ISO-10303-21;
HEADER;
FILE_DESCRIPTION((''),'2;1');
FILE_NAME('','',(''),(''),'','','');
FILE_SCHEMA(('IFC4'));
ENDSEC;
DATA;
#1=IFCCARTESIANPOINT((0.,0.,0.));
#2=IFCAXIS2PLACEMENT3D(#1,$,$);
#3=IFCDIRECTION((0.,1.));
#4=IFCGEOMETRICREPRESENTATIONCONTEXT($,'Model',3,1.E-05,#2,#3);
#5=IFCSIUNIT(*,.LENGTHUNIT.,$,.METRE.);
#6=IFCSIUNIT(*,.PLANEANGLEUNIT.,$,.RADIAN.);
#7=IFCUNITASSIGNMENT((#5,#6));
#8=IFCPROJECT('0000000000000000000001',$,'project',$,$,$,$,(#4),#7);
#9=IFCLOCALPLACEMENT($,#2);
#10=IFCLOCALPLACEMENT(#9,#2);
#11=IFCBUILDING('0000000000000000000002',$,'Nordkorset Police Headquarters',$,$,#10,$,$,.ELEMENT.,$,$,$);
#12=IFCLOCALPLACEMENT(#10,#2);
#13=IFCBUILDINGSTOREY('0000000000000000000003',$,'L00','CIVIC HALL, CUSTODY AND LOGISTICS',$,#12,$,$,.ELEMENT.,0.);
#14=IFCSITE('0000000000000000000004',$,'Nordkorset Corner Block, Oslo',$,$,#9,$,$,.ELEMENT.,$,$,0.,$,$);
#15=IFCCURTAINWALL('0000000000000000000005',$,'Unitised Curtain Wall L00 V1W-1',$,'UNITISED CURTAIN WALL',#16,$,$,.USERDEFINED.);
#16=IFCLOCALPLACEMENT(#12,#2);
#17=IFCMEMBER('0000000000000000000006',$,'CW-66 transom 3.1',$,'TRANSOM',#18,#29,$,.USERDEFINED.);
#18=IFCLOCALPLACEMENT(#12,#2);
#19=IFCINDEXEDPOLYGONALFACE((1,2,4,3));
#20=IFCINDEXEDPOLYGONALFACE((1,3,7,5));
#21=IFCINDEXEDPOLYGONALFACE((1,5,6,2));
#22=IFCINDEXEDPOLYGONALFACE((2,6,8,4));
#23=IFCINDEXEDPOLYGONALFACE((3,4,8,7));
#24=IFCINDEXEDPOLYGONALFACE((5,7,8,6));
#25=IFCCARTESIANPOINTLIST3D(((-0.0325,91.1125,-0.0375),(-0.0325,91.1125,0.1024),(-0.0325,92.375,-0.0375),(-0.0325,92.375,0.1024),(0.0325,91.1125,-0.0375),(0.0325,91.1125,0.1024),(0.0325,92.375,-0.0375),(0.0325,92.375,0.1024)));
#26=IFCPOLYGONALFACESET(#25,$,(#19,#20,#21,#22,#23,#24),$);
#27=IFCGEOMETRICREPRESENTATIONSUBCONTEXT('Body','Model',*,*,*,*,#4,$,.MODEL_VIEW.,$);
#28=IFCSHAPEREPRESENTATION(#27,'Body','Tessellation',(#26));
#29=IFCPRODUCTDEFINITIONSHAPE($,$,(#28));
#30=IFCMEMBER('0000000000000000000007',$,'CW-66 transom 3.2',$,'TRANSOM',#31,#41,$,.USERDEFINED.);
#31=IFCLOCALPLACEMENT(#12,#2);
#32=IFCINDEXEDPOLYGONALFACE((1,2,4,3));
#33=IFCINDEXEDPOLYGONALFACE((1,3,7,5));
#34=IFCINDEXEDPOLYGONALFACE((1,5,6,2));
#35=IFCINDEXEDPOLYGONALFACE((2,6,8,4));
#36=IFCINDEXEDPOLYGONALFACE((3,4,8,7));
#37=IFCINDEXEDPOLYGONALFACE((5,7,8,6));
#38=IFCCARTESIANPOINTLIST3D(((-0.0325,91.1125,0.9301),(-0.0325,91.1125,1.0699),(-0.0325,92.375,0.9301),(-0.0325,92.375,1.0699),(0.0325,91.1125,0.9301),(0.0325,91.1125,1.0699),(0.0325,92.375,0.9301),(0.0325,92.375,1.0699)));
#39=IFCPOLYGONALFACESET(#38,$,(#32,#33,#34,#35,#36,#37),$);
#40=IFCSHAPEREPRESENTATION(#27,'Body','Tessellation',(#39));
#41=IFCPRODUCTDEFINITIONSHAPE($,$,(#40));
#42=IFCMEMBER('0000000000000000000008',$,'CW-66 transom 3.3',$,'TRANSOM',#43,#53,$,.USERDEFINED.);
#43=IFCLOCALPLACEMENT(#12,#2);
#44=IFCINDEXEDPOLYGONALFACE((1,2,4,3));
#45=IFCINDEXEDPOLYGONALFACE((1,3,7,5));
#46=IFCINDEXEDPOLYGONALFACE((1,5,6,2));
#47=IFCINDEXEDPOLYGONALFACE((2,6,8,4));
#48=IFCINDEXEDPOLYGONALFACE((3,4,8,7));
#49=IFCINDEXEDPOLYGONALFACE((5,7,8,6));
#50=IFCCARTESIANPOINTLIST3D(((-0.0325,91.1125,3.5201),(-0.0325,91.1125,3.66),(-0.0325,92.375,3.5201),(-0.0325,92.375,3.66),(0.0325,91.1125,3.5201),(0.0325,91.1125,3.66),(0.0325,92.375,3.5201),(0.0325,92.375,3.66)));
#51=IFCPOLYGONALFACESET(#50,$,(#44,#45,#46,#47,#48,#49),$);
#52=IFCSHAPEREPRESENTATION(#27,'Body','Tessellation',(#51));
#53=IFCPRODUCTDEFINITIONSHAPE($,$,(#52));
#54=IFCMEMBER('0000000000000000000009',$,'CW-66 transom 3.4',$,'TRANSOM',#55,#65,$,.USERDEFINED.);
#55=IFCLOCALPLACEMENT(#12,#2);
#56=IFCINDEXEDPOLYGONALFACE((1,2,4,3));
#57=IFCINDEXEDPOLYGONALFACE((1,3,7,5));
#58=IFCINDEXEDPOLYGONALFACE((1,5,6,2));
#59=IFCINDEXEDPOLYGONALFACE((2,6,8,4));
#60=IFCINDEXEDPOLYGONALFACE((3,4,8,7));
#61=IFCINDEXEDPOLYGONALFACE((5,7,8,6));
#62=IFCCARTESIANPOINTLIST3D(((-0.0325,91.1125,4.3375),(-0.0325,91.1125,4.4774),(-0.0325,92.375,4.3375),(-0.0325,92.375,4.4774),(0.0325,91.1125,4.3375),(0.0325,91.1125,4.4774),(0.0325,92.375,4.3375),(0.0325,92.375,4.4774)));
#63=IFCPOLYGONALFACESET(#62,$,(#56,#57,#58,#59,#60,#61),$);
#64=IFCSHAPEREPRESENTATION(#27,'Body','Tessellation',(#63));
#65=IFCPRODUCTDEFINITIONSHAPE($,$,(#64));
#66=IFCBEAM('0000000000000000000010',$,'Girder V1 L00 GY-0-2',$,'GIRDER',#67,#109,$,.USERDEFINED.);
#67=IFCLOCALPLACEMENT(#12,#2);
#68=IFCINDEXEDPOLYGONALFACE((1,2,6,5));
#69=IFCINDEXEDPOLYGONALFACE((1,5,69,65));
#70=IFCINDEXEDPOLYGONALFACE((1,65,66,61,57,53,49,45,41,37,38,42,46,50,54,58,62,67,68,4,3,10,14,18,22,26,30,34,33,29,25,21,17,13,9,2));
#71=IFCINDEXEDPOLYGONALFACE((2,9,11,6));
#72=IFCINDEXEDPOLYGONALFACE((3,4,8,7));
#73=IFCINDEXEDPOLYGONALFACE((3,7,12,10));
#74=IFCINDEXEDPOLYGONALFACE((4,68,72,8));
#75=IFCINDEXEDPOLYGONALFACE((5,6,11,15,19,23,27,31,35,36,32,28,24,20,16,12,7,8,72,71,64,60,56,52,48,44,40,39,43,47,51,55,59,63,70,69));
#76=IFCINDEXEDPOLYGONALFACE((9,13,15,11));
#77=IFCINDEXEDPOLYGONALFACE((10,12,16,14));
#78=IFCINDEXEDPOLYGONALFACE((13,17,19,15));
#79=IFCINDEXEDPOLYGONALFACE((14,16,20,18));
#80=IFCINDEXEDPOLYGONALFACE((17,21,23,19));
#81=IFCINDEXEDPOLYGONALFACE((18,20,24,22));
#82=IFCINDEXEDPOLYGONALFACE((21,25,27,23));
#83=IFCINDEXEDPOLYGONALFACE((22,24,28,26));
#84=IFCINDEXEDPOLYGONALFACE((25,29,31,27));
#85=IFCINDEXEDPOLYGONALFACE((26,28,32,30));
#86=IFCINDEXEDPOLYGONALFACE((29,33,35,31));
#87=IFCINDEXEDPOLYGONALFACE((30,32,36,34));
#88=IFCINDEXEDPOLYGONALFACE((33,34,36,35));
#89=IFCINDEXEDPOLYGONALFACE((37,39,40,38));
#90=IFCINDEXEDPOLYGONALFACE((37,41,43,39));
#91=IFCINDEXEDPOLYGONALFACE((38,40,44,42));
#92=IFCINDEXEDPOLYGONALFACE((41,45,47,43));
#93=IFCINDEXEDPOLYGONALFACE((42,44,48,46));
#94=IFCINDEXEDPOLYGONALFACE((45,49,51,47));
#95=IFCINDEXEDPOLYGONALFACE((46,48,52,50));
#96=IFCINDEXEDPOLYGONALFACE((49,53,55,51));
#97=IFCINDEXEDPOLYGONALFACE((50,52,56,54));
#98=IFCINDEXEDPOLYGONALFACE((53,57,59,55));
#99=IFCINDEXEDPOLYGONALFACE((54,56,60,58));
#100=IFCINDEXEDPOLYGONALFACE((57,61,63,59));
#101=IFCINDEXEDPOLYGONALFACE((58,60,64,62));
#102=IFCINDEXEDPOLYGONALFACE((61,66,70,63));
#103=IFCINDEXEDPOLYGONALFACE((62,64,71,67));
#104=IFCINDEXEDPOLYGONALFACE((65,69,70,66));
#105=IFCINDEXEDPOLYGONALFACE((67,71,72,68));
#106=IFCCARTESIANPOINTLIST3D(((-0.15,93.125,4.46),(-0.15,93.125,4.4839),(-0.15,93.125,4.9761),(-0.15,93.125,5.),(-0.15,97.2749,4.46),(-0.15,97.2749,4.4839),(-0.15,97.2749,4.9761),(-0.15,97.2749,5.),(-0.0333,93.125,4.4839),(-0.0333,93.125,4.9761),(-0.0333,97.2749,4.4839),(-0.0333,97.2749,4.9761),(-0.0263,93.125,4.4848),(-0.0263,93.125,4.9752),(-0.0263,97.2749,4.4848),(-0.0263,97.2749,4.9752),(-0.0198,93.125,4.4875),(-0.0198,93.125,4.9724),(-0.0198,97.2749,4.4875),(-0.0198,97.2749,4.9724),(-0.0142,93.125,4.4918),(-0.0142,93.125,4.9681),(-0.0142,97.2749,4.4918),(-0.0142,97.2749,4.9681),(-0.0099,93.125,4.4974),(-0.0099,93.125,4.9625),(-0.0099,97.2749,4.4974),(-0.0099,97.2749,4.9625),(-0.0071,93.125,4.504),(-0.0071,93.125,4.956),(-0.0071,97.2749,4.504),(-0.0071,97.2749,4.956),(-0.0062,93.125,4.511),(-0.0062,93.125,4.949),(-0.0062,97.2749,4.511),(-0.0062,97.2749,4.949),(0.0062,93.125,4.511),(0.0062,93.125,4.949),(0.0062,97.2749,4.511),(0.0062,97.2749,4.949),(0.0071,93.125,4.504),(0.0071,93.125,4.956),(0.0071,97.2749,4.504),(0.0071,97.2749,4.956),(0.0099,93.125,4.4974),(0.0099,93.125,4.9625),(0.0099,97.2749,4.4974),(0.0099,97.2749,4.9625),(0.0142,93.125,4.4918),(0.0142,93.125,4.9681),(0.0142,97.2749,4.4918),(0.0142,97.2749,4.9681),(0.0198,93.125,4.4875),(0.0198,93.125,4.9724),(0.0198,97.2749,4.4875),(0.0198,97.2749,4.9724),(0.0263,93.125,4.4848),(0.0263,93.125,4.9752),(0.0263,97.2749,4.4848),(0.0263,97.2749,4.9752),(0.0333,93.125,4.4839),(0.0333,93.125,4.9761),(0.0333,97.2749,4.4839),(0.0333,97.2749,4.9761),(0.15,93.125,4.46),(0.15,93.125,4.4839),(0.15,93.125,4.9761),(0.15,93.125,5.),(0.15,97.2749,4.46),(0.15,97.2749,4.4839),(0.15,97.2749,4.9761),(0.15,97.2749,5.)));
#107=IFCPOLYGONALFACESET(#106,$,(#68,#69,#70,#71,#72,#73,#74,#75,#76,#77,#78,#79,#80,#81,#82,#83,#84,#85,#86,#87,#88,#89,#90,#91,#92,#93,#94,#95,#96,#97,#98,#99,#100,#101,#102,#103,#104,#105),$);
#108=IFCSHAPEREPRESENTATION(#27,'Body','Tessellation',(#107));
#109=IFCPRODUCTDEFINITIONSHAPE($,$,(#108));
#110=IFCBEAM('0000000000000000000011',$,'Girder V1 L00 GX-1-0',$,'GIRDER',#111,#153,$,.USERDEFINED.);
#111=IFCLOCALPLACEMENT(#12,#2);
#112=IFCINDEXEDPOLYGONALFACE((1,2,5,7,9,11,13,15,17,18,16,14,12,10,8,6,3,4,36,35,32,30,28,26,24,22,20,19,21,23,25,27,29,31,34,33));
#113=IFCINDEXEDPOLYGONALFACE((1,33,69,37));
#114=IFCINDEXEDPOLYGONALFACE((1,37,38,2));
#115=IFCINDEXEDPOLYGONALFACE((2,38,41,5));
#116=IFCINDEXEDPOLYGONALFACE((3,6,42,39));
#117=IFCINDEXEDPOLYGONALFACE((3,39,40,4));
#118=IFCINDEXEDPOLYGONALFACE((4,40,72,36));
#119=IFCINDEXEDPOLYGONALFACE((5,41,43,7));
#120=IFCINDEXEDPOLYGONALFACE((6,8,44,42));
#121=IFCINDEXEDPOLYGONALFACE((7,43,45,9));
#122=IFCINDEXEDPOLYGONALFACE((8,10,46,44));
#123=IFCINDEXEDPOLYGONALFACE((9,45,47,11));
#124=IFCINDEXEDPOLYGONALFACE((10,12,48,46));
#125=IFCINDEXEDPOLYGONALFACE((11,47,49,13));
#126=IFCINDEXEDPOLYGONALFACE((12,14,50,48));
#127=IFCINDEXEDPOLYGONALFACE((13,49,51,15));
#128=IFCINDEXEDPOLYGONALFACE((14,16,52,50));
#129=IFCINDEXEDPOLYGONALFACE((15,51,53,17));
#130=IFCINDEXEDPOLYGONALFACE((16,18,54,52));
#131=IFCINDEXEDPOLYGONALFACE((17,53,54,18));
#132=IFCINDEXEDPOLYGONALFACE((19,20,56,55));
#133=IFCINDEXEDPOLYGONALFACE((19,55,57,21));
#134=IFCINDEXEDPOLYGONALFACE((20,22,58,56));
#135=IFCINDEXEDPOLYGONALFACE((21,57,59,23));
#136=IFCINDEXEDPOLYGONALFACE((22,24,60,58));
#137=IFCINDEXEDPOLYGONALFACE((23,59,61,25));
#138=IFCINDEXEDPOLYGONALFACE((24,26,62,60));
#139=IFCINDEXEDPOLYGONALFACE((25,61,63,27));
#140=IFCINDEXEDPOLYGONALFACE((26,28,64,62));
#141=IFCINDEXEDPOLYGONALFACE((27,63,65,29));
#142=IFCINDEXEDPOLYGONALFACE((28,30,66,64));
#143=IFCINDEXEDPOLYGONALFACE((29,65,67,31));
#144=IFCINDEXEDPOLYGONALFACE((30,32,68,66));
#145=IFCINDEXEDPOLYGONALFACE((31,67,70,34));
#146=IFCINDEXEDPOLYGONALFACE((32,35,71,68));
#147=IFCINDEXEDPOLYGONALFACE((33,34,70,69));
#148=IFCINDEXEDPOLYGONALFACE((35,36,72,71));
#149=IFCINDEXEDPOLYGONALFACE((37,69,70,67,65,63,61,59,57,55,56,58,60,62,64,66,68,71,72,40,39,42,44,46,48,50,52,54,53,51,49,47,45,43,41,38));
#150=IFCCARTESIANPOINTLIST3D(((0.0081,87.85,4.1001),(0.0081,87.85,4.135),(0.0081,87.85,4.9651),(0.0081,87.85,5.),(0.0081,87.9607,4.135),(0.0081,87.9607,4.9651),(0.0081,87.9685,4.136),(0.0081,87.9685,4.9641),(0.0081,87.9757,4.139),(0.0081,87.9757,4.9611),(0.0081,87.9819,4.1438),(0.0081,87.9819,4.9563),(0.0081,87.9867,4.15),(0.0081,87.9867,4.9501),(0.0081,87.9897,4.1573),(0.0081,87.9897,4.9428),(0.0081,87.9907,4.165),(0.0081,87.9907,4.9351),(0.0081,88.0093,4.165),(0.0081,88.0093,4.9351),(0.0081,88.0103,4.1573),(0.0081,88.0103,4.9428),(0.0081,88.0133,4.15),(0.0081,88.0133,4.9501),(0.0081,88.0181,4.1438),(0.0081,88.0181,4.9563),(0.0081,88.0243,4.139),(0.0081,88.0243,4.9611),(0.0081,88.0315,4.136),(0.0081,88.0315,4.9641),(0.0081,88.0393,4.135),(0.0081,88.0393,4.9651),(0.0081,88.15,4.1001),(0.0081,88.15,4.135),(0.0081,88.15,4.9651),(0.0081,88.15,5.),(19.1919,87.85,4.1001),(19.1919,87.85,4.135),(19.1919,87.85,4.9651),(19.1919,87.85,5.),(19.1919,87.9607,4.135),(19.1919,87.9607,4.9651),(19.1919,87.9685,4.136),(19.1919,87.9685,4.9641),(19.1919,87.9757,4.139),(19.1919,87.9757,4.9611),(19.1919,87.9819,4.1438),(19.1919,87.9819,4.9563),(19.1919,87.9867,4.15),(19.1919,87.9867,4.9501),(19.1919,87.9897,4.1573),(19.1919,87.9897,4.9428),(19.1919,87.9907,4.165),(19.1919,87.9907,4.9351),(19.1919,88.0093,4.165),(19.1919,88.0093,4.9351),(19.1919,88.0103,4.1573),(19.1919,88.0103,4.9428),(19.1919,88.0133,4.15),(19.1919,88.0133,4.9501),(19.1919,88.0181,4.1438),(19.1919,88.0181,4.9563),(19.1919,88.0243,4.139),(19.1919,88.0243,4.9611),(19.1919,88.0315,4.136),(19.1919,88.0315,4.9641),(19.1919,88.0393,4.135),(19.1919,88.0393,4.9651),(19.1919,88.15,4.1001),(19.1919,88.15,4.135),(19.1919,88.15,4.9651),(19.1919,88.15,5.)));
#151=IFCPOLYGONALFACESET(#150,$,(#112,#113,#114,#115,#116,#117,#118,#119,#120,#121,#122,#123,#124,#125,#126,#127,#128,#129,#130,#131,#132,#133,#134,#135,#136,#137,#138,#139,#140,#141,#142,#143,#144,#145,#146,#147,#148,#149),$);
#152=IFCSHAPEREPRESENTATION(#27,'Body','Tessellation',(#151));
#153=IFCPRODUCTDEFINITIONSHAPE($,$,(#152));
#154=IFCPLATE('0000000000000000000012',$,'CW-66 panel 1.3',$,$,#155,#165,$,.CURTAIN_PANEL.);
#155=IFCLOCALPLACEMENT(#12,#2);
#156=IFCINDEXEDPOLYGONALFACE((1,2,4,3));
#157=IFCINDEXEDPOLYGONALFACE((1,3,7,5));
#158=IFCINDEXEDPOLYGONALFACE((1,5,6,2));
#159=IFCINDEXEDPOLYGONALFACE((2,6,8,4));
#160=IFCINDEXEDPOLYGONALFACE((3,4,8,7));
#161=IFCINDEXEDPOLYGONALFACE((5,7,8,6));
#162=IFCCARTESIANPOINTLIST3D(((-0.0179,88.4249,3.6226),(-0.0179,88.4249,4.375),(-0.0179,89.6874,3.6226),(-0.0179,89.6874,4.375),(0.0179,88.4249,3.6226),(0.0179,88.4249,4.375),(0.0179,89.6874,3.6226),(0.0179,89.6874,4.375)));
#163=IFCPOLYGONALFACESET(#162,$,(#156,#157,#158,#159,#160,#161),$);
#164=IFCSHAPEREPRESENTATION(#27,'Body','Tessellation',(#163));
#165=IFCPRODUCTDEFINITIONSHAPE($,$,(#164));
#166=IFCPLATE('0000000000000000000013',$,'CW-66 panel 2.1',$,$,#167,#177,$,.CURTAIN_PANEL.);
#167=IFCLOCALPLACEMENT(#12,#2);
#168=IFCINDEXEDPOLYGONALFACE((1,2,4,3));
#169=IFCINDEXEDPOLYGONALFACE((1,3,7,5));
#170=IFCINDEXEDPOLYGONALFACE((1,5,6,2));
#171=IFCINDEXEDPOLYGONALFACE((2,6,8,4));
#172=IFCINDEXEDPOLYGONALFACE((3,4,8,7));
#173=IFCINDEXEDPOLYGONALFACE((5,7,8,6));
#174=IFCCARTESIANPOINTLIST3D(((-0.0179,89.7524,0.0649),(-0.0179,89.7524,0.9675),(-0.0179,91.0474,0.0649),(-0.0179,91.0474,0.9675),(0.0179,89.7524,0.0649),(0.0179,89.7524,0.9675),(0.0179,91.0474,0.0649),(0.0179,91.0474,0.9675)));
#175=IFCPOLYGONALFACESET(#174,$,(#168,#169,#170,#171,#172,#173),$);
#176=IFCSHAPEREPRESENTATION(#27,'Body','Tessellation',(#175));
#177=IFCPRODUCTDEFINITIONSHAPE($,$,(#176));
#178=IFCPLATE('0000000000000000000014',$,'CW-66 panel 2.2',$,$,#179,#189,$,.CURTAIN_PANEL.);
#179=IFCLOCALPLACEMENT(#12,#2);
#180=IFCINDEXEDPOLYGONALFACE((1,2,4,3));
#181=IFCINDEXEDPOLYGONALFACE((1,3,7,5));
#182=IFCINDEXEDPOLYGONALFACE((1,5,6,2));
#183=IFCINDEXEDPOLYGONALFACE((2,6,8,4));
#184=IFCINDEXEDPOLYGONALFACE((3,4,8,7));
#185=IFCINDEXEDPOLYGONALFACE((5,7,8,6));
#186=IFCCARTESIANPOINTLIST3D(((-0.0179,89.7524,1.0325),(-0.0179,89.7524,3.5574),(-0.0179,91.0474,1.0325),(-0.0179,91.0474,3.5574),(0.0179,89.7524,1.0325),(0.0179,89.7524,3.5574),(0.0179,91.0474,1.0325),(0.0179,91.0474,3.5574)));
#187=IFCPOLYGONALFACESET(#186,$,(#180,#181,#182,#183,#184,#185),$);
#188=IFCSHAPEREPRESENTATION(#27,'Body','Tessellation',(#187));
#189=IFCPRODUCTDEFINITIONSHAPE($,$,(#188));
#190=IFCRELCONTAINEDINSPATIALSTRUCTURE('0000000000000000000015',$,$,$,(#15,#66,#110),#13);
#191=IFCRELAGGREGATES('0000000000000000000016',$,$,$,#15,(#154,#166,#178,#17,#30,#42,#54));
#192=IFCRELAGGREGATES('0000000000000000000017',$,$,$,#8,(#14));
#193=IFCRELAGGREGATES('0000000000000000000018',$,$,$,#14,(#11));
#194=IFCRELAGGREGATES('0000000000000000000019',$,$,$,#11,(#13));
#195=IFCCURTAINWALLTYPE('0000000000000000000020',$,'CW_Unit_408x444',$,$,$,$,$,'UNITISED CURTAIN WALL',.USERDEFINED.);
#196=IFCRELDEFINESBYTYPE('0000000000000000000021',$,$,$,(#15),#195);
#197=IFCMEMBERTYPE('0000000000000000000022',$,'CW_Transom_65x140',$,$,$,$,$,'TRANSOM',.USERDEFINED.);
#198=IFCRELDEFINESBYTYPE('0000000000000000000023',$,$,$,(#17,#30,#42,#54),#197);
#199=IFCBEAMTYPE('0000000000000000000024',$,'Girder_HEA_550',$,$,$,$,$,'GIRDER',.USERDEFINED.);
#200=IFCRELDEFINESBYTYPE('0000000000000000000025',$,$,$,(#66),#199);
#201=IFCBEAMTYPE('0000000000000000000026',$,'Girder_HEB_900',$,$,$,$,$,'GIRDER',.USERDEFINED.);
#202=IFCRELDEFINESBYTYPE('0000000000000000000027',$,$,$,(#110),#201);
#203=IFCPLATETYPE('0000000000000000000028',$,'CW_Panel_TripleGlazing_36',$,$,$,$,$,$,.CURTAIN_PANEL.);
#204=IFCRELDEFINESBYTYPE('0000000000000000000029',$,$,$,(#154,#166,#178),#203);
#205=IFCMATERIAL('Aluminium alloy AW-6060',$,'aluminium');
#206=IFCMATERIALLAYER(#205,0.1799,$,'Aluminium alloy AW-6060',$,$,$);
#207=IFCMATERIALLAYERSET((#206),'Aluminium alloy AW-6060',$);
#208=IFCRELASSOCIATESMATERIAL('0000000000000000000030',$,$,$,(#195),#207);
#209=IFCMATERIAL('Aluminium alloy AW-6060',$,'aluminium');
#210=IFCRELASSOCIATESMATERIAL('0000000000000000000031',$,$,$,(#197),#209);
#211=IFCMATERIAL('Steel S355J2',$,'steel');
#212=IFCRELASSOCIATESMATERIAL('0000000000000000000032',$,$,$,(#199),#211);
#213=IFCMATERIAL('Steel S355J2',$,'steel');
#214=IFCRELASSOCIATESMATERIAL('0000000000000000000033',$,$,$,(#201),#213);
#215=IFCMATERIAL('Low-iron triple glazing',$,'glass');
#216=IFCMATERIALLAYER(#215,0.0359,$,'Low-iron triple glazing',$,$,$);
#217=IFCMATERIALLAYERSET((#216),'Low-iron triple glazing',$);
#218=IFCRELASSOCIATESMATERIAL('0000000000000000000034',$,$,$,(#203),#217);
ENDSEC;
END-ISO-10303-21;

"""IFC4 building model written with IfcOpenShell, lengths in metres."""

from ifc_helpers import new_model, si_unit, direction, frame, origin, origin_2d, place, context, subcontext, project, spatial, rectangle, i_section, extrude, material, layer, layer_set, material_profile, profile_set, type_object, element, aggregate, save


model = new_model("IFC4")

# Units and contexts
model_context = context("Model", 3, precision=1e-05, world=origin(), true_north=direction((0.0, 1.0)))
body_context = subcontext(model_context, "Body", "Model", "MODEL_VIEW")
ifc_project = project(units=[si_unit("LENGTHUNIT", "METRE"), si_unit("PLANEANGLEUNIT", "RADIAN")], contexts=[model_context])

# Site, building, storey
site_placement = place(None, origin())
site = spatial("IfcSite", under=ifc_project, at=site_placement, Name="Nordkorset Corner Block, Oslo", CompositionType="ELEMENT", RefElevation=0.0)
building_placement = place(site_placement, origin())
building = spatial("IfcBuilding", under=site, at=building_placement, Name="Nordkorset Police Headquarters", CompositionType="ELEMENT")
storey_placement = place(building_placement, origin())
storey = spatial("IfcBuildingStorey", under=building, at=storey_placement, Name="L00", Description="CIVIC HALL, CUSTODY AND LOGISTICS", CompositionType="ELEMENT", Elevation=0.0)

# Curtain wall, members
ifc_material_1 = material(Name="Aluminium alloy AW-6060", Category="aluminium")
ifc_layer_1 = layer(ifc_material_1, 0.1799, Name="Aluminium alloy AW-6060")
ifc_layer_set_1 = layer_set([ifc_layer_1], Name="Aluminium alloy AW-6060")
curtain_wall_type = type_object("IfcCurtainWallType", Name="CW_Unit_408x444", ElementType="UNITISED CURTAIN WALL", PredefinedType="USERDEFINED", material=ifc_layer_set_1)
curtain_wall_placement = place(storey_placement, origin())
curtain_wall = element("IfcCurtainWall", 1, at=curtain_wall_placement, inside=storey, type_object=curtain_wall_type, Name="Unitised Curtain Wall L00 V1W-1", ObjectType="UNITISED CURTAIN WALL", PredefinedType="USERDEFINED")
ifc_material_2 = material(Name="Aluminium alloy AW-6060", Category="aluminium")
ifc_material_profile_1 = material_profile(ifc_material_2, rectangle(XDim=0.0649, YDim=0.1399, at=origin_2d()), Name="ALU TRAN 65x140")
ifc_profile_set_1 = profile_set([ifc_material_profile_1], Name="Aluminium alloy AW-6060")
member_type_1 = type_object("IfcMemberType", Name="CW_Transom_65x140", ElementType="TRANSOM", PredefinedType="USERDEFINED", material=ifc_profile_set_1)
member_1_placement = place(storey_placement, frame((0.0, 91.1125, 0.0325), z_axis=(0.0, 1.0, 0.0), x_axis=(-1.0, 0.0, 0.0)))
member_1 = element("IfcMember", 2, at=member_1_placement, type_object=member_type_1, Name="CW-66 transom 3.1", ObjectType="TRANSOM", PredefinedType="USERDEFINED", context=body_context, shape_type="SweptSolid", body=[
    extrude(rectangle(XDim=0.0649, YDim=0.1399, at=origin_2d()), origin(), (0.0, 0.0, 1.0), 1.2625),
])
member_2_placement = place(storey_placement, frame((0.0, 91.1125, 1.0), z_axis=(0.0, 1.0, 0.0), x_axis=(-1.0, 0.0, 0.0)))
member_2 = element("IfcMember", 3, at=member_2_placement, type_object=member_type_1, Name="CW-66 transom 3.2", ObjectType="TRANSOM", PredefinedType="USERDEFINED", context=body_context, shape_type="SweptSolid", body=[
    extrude(rectangle(XDim=0.0649, YDim=0.1399, at=origin_2d()), origin(), (0.0, 0.0, 1.0), 1.2625),
])
member_3_placement = place(storey_placement, frame((0.0, 91.1125, 3.5901), z_axis=(0.0, 1.0, 0.0), x_axis=(-1.0, 0.0, 0.0)))
member_3 = element("IfcMember", 4, at=member_3_placement, type_object=member_type_1, Name="CW-66 transom 3.3", ObjectType="TRANSOM", PredefinedType="USERDEFINED", context=body_context, shape_type="SweptSolid", body=[
    extrude(rectangle(XDim=0.0649, YDim=0.1399, at=origin_2d()), origin(), (0.0, 0.0, 1.0), 1.2625),
])
member_4_placement = place(storey_placement, frame((0.0, 91.1125, 4.4075), z_axis=(0.0, 1.0, 0.0), x_axis=(-1.0, 0.0, 0.0)))
member_4 = element("IfcMember", 5, at=member_4_placement, type_object=member_type_1, Name="CW-66 transom 3.4", ObjectType="TRANSOM", PredefinedType="USERDEFINED", context=body_context, shape_type="SweptSolid", body=[
    extrude(rectangle(XDim=0.0649, YDim=0.1399, at=origin_2d()), origin(), (0.0, 0.0, 1.0), 1.2625),
])

# Beams
ifc_material_3 = material(Name="Steel S355J2", Category="steel")
ifc_material_profile_2 = material_profile(ifc_material_3, i_section(OverallWidth=0.3, OverallDepth=0.54, WebThickness=0.0125, FlangeThickness=0.0239, FilletRadius=0.0271, at=origin_2d()), Name="HEA 550")
ifc_profile_set_2 = profile_set([ifc_material_profile_2], Name="Steel S355J2")
beam_type_1 = type_object("IfcBeamType", Name="Girder_HEA_550", ElementType="GIRDER", PredefinedType="USERDEFINED", material=ifc_profile_set_2)
beam_1_placement = place(storey_placement, frame((0.0, 93.125, 4.73), z_axis=(0.0, 1.0, 0.0), x_axis=(-1.0, 0.0, 0.0)))
element("IfcBeam", 6, at=beam_1_placement, inside=storey, type_object=beam_type_1, Name="Girder V1 L00 GY-0-2", ObjectType="GIRDER", PredefinedType="USERDEFINED", context=body_context, shape_type="SweptSolid", body=[
    extrude(i_section(OverallWidth=0.3, OverallDepth=0.54, WebThickness=0.0125, FlangeThickness=0.0239, FilletRadius=0.0271, at=origin_2d()), origin(), (0.0, 0.0, 1.0), 4.1499),
])
ifc_material_4 = material(Name="Steel S355J2", Category="steel")
ifc_material_profile_3 = material_profile(ifc_material_4, i_section(OverallWidth=0.3, OverallDepth=0.8999, WebThickness=0.0186, FlangeThickness=0.0349, FilletRadius=0.03, at=origin_2d()), Name="HEB 900")
ifc_profile_set_3 = profile_set([ifc_material_profile_3], Name="Steel S355J2")
beam_type_2 = type_object("IfcBeamType", Name="Girder_HEB_900", ElementType="GIRDER", PredefinedType="USERDEFINED", material=ifc_profile_set_3)
beam_2_placement = place(storey_placement, frame((0.0081, 88.0, 4.55), z_axis=(1.0, 0.0, 0.0), x_axis=(0.0, 1.0, 0.0)))
element("IfcBeam", 7, at=beam_2_placement, inside=storey, type_object=beam_type_2, Name="Girder V1 L00 GX-1-0", ObjectType="GIRDER", PredefinedType="USERDEFINED", context=body_context, shape_type="SweptSolid", body=[
    extrude(i_section(OverallWidth=0.3, OverallDepth=0.8999, WebThickness=0.0186, FlangeThickness=0.0349, FilletRadius=0.03, at=origin_2d()), origin(), (0.0, 0.0, 1.0), 19.1838),
])

# Plates
ifc_material_5 = material(Name="Low-iron triple glazing", Category="glass")
ifc_layer_2 = layer(ifc_material_5, 0.0359, Name="Low-iron triple glazing")
ifc_layer_set_2 = layer_set([ifc_layer_2], Name="Low-iron triple glazing")
plate_type = type_object("IfcPlateType", Name="CW_Panel_TripleGlazing_36", PredefinedType="CURTAIN_PANEL", material=ifc_layer_set_2)
plate_1_placement = place(storey_placement, frame((0.0, 89.0562, 3.6226), z_axis=(0.0, 0.0, 1.0), x_axis=(0.0, 1.0, 0.0)))
plate_1 = element("IfcPlate", 8, at=plate_1_placement, type_object=plate_type, Name="CW-66 panel 1.3", PredefinedType="CURTAIN_PANEL", context=body_context, shape_type="SweptSolid", body=[
    extrude(rectangle(XDim=1.2625, YDim=0.0359, at=origin_2d()), origin(), (0.0, 0.0, 1.0), 0.7524),
])
plate_2_placement = place(storey_placement, frame((0.0, 90.3999, 0.0649), z_axis=(0.0, 0.0, 1.0), x_axis=(0.0, 1.0, 0.0)))
plate_2 = element("IfcPlate", 9, at=plate_2_placement, type_object=plate_type, Name="CW-66 panel 2.1", PredefinedType="CURTAIN_PANEL", context=body_context, shape_type="SweptSolid", body=[
    extrude(rectangle(XDim=1.2949, YDim=0.0359, at=origin_2d()), origin(), (0.0, 0.0, 1.0), 0.9026),
])
plate_3_placement = place(storey_placement, frame((0.0, 90.3999, 1.0325), z_axis=(0.0, 0.0, 1.0), x_axis=(0.0, 1.0, 0.0)))
plate_3 = element("IfcPlate", 10, at=plate_3_placement, type_object=plate_type, Name="CW-66 panel 2.2", PredefinedType="CURTAIN_PANEL", context=body_context, shape_type="SweptSolid", body=[
    extrude(rectangle(XDim=1.2949, YDim=0.0359, at=origin_2d()), origin(), (0.0, 0.0, 1.0), 2.5249),
])
aggregate(curtain_wall, [plate_1, plate_2, plate_3, member_1, member_2, member_3, member_4])

save(model, "model.ifc")
